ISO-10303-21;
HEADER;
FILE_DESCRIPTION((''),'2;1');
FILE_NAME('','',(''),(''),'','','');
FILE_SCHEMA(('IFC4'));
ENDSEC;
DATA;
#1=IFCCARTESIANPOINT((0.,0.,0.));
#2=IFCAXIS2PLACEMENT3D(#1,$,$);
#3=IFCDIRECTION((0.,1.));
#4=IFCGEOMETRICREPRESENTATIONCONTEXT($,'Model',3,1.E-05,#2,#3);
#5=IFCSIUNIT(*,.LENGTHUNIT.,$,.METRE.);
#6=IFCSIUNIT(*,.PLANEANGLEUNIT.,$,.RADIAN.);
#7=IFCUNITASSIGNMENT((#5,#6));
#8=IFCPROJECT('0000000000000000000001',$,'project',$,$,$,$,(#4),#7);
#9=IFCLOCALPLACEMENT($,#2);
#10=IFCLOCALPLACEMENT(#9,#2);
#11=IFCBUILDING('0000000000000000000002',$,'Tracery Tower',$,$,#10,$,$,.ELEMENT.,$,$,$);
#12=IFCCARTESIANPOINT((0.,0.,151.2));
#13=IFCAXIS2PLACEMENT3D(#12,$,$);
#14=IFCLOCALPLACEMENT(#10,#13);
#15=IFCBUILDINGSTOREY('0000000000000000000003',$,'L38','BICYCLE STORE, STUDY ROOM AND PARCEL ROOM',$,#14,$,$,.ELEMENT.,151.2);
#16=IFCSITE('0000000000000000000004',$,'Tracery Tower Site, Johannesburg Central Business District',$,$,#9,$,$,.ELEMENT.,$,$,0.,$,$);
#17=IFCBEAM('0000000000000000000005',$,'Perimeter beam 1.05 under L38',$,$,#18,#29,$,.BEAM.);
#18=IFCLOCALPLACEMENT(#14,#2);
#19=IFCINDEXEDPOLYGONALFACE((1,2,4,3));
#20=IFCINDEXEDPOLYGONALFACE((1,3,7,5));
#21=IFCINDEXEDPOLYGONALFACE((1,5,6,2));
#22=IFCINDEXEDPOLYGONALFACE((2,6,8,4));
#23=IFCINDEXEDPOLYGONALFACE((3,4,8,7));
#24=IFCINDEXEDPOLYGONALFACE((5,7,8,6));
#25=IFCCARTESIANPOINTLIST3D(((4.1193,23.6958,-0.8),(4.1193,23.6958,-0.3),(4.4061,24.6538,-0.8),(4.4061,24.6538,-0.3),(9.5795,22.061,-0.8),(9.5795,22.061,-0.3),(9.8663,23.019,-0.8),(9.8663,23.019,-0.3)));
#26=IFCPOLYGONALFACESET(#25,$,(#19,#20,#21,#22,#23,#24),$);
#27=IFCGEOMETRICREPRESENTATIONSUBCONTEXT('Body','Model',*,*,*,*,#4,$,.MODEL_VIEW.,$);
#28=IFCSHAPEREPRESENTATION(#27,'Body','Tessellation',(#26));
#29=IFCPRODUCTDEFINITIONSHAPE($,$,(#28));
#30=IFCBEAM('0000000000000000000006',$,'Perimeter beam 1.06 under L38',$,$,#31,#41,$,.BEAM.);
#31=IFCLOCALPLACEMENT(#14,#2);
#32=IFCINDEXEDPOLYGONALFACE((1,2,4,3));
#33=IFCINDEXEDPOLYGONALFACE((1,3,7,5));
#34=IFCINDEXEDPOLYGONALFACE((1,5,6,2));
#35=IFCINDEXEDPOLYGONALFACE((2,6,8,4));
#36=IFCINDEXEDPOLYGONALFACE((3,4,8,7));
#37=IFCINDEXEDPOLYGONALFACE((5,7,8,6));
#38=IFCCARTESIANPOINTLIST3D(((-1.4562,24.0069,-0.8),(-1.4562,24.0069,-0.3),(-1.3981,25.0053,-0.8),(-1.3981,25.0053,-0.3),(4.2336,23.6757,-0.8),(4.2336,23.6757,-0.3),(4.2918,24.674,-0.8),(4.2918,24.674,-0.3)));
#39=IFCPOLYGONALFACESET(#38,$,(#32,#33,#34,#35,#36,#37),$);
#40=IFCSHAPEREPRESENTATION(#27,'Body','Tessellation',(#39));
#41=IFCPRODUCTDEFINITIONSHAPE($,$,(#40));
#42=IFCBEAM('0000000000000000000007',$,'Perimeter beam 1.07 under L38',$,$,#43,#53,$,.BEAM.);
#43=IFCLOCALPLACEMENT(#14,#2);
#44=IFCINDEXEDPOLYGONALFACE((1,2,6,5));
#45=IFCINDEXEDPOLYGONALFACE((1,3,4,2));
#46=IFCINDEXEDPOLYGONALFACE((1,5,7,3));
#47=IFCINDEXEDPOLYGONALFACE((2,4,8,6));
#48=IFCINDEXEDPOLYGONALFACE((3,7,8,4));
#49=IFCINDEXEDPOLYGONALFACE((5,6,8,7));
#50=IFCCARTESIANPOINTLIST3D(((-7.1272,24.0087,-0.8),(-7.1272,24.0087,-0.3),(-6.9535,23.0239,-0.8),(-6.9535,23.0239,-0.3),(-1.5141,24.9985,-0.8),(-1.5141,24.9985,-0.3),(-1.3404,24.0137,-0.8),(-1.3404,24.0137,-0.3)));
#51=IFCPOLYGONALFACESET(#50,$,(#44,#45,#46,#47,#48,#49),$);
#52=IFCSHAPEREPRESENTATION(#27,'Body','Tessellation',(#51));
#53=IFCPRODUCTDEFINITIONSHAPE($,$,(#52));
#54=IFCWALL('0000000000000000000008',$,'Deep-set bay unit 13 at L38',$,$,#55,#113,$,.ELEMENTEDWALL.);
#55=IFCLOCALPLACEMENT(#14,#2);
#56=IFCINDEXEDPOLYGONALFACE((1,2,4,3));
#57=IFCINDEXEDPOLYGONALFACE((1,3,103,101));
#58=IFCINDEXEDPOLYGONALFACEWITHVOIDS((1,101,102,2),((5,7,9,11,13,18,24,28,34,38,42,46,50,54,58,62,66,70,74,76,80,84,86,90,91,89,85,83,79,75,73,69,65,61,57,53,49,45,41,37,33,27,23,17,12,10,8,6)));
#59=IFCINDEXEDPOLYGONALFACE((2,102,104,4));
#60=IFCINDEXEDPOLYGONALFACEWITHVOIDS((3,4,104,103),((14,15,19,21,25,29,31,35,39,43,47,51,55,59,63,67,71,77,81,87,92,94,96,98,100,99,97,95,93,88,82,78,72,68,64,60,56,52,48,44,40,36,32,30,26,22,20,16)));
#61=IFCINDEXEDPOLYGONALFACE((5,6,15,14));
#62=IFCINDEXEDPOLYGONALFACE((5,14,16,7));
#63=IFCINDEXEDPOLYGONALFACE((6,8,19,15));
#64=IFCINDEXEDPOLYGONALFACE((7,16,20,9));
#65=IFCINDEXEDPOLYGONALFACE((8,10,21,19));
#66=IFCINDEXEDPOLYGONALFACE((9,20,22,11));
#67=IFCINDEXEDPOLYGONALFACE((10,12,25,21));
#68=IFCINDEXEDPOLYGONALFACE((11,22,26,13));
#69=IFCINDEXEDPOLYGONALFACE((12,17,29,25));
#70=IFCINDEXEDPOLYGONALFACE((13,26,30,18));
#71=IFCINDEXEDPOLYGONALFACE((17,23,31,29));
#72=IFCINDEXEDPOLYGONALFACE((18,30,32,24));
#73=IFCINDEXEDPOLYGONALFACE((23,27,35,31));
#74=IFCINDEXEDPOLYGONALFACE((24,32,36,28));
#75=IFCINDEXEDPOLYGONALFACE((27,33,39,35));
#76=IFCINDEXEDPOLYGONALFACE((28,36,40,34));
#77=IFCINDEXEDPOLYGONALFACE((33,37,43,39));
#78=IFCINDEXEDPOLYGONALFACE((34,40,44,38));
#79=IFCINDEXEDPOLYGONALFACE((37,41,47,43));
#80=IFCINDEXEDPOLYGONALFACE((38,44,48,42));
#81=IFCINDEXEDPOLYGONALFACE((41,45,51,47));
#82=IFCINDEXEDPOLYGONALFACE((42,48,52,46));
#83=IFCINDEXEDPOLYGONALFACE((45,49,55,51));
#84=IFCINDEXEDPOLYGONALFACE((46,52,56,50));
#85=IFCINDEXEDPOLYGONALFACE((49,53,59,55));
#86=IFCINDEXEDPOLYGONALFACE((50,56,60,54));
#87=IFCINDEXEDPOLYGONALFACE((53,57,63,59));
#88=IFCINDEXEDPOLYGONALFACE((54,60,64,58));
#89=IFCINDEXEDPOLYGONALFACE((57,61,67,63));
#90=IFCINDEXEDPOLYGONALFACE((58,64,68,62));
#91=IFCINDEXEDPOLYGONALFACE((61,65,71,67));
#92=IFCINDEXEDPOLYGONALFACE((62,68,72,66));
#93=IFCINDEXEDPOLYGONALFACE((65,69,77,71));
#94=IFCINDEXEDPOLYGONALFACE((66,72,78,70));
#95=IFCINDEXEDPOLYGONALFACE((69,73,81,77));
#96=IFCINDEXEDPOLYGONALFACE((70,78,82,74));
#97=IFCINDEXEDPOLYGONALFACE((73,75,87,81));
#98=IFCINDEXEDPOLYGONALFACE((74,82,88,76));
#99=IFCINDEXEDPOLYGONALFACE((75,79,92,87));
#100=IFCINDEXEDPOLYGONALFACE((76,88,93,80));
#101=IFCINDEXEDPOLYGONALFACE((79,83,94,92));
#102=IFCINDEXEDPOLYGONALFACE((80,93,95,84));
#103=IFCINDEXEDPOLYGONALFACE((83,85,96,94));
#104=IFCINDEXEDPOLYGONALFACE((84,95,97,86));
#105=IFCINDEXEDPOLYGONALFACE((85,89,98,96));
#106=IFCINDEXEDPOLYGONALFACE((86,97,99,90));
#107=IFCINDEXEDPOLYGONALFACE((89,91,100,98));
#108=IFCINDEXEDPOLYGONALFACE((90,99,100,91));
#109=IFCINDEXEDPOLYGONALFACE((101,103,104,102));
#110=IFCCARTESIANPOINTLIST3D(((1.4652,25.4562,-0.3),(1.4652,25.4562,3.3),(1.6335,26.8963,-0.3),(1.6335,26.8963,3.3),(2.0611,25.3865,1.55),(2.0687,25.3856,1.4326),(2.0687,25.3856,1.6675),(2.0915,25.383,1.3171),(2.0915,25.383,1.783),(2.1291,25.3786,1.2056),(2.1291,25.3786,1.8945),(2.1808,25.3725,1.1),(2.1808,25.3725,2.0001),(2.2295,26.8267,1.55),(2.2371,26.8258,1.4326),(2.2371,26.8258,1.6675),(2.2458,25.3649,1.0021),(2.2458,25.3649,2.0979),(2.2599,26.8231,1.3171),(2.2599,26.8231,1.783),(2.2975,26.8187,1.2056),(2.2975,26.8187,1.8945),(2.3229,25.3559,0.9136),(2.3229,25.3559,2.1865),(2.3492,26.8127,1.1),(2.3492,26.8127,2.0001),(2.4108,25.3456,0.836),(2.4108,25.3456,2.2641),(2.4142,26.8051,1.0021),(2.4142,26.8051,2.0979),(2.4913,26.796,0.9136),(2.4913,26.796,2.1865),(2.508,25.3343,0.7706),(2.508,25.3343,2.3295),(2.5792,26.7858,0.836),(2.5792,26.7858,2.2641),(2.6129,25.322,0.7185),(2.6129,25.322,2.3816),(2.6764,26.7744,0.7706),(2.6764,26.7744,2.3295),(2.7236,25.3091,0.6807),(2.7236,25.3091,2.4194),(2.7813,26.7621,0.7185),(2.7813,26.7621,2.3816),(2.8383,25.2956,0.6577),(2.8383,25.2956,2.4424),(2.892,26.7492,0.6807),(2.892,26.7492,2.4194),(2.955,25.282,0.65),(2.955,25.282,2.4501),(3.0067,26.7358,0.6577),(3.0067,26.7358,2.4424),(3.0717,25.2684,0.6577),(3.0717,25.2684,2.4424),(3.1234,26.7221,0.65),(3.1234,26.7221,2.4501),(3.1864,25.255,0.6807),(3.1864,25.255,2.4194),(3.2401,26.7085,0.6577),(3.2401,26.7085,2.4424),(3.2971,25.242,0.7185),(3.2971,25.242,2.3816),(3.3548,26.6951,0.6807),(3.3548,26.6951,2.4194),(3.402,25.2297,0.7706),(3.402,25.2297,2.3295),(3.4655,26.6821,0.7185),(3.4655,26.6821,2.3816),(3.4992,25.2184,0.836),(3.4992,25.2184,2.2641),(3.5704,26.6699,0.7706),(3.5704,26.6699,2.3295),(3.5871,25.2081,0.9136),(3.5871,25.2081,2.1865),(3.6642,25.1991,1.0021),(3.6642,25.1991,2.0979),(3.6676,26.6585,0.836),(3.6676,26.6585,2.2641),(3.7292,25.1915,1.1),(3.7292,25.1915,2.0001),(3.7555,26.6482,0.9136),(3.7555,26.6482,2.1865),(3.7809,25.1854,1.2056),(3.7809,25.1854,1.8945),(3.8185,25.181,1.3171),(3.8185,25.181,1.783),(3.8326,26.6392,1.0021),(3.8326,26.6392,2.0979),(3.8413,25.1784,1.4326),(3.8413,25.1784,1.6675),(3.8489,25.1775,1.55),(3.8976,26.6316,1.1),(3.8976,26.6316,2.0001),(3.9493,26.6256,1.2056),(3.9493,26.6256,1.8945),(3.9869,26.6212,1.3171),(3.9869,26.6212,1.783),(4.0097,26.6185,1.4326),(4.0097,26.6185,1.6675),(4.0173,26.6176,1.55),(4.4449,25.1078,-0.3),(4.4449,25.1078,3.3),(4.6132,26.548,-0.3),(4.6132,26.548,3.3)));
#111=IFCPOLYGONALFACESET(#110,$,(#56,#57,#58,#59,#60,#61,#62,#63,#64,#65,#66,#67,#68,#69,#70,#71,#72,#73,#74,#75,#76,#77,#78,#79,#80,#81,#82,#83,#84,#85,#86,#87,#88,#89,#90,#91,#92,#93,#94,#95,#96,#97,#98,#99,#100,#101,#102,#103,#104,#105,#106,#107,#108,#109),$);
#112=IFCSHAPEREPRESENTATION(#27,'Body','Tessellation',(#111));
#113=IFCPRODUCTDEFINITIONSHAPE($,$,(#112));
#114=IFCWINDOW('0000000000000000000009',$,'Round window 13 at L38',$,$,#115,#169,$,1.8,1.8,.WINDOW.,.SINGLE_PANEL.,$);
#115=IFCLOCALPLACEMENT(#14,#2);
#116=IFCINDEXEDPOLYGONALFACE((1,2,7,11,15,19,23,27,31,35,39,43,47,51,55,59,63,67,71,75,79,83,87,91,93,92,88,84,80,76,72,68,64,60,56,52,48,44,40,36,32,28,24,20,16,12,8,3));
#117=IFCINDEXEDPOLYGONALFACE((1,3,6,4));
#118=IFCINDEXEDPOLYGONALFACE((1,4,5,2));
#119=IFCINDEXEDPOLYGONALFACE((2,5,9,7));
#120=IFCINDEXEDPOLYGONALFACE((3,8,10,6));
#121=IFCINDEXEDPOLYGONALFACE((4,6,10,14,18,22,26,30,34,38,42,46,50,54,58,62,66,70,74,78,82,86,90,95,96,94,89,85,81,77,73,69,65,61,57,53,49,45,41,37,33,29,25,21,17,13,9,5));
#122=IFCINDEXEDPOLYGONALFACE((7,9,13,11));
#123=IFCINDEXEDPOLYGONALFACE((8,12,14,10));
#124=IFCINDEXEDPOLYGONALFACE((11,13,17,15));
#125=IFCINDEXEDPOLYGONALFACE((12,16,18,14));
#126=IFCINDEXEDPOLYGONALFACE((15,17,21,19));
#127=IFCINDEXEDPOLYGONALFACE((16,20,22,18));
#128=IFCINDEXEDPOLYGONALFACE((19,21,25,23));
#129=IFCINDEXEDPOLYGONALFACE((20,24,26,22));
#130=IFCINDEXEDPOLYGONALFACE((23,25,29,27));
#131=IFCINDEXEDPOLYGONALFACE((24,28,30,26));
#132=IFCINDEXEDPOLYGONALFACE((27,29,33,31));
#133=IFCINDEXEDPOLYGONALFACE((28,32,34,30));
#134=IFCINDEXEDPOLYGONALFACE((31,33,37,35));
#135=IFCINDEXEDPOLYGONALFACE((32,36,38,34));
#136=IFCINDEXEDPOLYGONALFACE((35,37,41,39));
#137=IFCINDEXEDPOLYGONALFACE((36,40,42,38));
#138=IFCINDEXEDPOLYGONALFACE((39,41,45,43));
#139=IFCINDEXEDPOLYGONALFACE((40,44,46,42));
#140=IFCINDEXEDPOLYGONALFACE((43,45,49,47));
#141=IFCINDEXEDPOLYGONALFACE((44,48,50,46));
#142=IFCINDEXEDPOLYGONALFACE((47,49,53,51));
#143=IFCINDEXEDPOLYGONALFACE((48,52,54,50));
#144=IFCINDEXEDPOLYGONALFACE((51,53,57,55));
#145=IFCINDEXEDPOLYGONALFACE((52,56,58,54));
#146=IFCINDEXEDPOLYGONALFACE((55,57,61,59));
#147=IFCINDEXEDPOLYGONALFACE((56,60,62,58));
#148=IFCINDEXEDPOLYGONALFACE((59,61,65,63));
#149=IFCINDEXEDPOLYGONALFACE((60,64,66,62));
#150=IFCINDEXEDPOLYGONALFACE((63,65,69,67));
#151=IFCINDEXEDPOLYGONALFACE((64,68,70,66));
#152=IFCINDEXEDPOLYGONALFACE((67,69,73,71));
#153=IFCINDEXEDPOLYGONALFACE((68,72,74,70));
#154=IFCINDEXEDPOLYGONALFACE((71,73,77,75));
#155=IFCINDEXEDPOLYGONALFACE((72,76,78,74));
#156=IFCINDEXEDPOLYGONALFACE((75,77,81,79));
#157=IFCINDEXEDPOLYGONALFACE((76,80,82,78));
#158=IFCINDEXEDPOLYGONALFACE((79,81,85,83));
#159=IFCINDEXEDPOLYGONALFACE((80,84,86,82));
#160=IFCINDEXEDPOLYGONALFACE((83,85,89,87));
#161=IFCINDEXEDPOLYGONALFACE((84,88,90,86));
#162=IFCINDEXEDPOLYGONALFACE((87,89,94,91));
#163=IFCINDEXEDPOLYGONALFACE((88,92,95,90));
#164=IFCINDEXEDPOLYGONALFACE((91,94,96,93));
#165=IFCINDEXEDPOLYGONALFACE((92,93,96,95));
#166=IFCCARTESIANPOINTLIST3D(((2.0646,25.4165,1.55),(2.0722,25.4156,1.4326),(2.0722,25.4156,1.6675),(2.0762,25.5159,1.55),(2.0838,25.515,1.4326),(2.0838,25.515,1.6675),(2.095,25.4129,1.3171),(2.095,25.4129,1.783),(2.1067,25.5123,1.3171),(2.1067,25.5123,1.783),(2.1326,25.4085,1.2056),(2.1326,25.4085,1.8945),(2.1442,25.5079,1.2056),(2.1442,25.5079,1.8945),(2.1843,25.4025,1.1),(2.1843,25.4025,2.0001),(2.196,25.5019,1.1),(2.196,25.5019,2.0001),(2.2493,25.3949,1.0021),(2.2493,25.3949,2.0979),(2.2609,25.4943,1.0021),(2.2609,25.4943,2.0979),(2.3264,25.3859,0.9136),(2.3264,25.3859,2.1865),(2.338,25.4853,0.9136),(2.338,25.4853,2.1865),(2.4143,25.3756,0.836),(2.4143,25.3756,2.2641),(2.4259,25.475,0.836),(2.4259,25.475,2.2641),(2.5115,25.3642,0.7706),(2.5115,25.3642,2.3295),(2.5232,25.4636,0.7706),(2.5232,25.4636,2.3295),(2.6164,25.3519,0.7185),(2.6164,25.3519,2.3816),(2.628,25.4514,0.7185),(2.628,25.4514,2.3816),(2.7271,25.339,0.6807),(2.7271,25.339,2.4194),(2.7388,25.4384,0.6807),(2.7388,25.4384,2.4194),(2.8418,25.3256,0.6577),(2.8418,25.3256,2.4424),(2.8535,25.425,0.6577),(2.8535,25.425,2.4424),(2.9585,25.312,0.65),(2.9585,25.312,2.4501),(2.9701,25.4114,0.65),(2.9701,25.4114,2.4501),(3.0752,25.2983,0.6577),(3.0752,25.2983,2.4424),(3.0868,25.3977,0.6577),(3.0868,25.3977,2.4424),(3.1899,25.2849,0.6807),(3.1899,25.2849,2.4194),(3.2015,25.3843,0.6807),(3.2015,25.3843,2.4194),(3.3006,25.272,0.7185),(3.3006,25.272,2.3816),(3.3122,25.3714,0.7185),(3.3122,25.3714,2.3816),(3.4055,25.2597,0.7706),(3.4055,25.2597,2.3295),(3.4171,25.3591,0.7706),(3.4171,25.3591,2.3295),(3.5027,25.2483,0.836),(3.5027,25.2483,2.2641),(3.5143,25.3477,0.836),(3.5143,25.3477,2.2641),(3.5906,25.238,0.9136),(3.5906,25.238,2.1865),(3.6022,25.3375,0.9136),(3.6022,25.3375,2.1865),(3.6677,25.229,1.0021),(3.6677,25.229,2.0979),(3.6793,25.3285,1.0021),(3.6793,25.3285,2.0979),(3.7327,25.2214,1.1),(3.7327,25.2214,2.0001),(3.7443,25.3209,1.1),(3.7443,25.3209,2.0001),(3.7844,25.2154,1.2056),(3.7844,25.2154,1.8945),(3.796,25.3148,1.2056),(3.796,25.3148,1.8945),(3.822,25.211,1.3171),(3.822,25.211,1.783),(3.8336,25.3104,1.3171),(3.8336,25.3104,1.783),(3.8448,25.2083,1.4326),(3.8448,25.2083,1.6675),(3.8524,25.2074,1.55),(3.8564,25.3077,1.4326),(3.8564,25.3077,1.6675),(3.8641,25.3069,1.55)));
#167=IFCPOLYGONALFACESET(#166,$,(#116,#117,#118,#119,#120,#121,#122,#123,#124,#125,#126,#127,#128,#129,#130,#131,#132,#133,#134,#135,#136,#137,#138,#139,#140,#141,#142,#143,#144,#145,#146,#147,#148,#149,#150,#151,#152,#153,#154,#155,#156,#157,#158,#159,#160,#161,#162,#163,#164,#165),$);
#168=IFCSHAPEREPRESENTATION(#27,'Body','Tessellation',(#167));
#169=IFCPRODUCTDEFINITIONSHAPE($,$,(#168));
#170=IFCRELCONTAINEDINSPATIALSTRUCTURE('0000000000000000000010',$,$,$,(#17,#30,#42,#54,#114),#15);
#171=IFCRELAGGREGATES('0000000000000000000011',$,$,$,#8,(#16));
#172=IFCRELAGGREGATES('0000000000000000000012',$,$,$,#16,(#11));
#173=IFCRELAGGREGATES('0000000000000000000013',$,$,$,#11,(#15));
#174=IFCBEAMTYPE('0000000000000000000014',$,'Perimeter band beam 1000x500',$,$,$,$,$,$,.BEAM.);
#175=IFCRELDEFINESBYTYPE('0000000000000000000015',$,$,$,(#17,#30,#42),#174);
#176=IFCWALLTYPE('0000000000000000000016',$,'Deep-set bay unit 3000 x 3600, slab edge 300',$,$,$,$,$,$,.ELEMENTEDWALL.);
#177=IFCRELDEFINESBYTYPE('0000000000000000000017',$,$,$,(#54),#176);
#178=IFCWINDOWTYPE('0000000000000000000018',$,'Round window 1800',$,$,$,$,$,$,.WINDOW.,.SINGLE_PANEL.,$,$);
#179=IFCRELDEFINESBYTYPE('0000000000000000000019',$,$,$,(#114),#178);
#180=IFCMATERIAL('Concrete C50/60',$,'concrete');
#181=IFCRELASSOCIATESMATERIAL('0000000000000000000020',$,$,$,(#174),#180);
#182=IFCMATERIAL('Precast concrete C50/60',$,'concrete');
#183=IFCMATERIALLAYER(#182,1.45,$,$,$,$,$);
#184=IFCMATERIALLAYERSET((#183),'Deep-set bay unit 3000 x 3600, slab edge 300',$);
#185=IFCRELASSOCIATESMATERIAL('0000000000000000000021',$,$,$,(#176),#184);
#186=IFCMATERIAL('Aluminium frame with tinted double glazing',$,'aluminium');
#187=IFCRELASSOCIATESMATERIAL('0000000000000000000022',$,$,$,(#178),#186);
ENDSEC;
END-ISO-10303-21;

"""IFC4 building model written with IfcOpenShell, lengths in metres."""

from ifc_helpers import new_model, si_unit, direction, frame, frame_2d, origin, origin_2d, place, context, subcontext, project, spatial, rectangle, circle, extrude, material, layer, layer_set, material_profile, profile_set, type_object, element, fill, save


model = new_model("IFC4")

# Units and contexts
model_context = context("Model", 3, precision=1e-05, world=origin(), true_north=direction((0.0, 1.0)))
body_context = subcontext(model_context, "Body", "Model", "MODEL_VIEW")
ifc_project = project(units=[si_unit("LENGTHUNIT", "METRE"), si_unit("PLANEANGLEUNIT", "RADIAN")], contexts=[model_context])

# Site, building, storey
site_placement = place(None, origin())
site = spatial("IfcSite", under=ifc_project, at=site_placement, Name="Tracery Tower Site, Johannesburg Central Business District", CompositionType="ELEMENT", RefElevation=0.0)
building_placement = place(site_placement, origin())
building = spatial("IfcBuilding", under=site, at=building_placement, Name="Tracery Tower", CompositionType="ELEMENT")
storey_placement = place(building_placement, frame((0.0, 0.0, 151.2)))
storey = spatial("IfcBuildingStorey", under=building, at=storey_placement, Name="L38", Description="BICYCLE STORE, STUDY ROOM AND PARCEL ROOM", CompositionType="ELEMENT", Elevation=151.2)

# Beams
ifc_material_1 = material(Name="Concrete C50/60", Category="concrete")
ifc_material_profile_1 = material_profile(ifc_material_1, rectangle(XDim=1.0, YDim=0.5, at=origin_2d()), Name="RC 1000x500")
ifc_profile_set_1 = profile_set([ifc_material_profile_1], Name="Concrete C50/60")
beam_type = type_object("IfcBeamType", Name="Perimeter band beam 1000x500", PredefinedType="BEAM", material=ifc_profile_set_1)
beam_1_placement = place(storey_placement, frame((9.7229, 22.54, -0.55), z_axis=(-0.957985, 0.286817, 0.0), x_axis=(-0.286817, -0.957985, 0.0)))
element("IfcBeam", 1, at=beam_1_placement, inside=storey, type_object=beam_type, Name="Perimeter beam 1.05 under L38", PredefinedType="BEAM", context=body_context, shape_type="SweptSolid", body=[
    extrude(rectangle(XDim=1.0, YDim=0.5, at=origin_2d()), origin(), (0.0, 0.0, 1.0), 5.6997),
])
beam_2_placement = place(storey_placement, frame((4.2627, 24.1748, -0.55), z_axis=(-0.998309, 0.058127, 0.0), x_axis=(-0.058127, -0.998309, 0.0)))
element("IfcBeam", 2, at=beam_2_placement, inside=storey, type_object=beam_type, Name="Perimeter beam 1.06 under L38", PredefinedType="BEAM", context=body_context, shape_type="SweptSolid", body=[
    extrude(rectangle(XDim=1.0, YDim=0.5, at=origin_2d()), origin(), (0.0, 0.0, 1.0), 5.6995),
])
beam_3_placement = place(storey_placement, frame((-1.4272, 24.5061, -0.55), z_axis=(-0.984807, -0.173651, 0.0), x_axis=(0.173651, -0.984807, 0.0)))
element("IfcBeam", 3, at=beam_3_placement, inside=storey, type_object=beam_type, Name="Perimeter beam 1.07 under L38", PredefinedType="BEAM", context=body_context, shape_type="SweptSolid", body=[
    extrude(rectangle(XDim=1.0, YDim=0.5, at=origin_2d()), origin(), (0.0, 0.0, 1.0), 5.6997),
])

# Wall, opening, window
ifc_material_2 = material(Name="Precast concrete C50/60", Category="concrete")
ifc_layer_1 = layer(ifc_material_2, 1.45)
ifc_layer_set_1 = layer_set([ifc_layer_1], Name="Deep-set bay unit 3000 x 3600, slab edge 300")
wall_type_1 = type_object("IfcWallType", Name="Deep-set bay unit 3000 x 3600, slab edge 300", PredefinedType="ELEMENTEDWALL", material=ifc_layer_set_1)
wall_1_placement = place(storey_placement, frame((4.5291, 25.8279, -0.3), z_axis=(0.0, 0.0, 1.0), x_axis=(-0.993234, 0.116128, 0.0)))
wall_1 = element("IfcWall", 4, at=wall_1_placement, inside=storey, type_object=wall_type_1, Name="Deep-set bay unit 13 at L38", PredefinedType="ELEMENTEDWALL", context=body_context, shape_type="SweptSolid", body=[
    extrude(rectangle(XDim=3.0, YDim=1.45, at=frame_2d((1.5, 0.0))), origin(), (0.0, 0.0, 1.0), 3.6001),
])
opening_1_placement = place(wall_1_placement, frame((1.5, 0.0, 1.8501)))
opening_1 = element("IfcOpeningElement", 5, at=opening_1_placement, cuts=wall_1, PredefinedType="OPENING", context=body_context, shape_type="SweptSolid", body=[
    extrude(circle(Radius=0.9, at=origin_2d()), frame((0.0, 0.7349, 0.0), z_axis=(0.0, -1.0, 0.0), x_axis=(1.0, 0.0, 0.0)), (0.0, 0.0, 1.0), 1.47),
])
ifc_material_3 = material(Name="Aluminium frame with tinted double glazing", Category="aluminium")
window_type = type_object("IfcWindowType", Name="Round window 1800", PartitioningType="SINGLE_PANEL", PredefinedType="WINDOW", material=ifc_material_3)
window_1_placement = place(opening_1_placement, origin())
window_1 = element("IfcWindow", 6, at=window_1_placement, inside=storey, type_object=window_type, Name="Round window 13 at L38", OverallHeight=1.8, OverallWidth=1.8, PartitioningType="SINGLE_PANEL", PredefinedType="WINDOW", context=body_context, shape_type="SweptSolid", body=[
    extrude(circle(Radius=0.9, at=origin_2d()), frame((0.0, 0.6948, 0.0), z_axis=(0.0, -1.0, 0.0), x_axis=(1.0, 0.0, 0.0)), (0.0, 0.0, 1.0), 0.1001),
])
fill(opening_1, window_1)

save(model, "model.ifc")
